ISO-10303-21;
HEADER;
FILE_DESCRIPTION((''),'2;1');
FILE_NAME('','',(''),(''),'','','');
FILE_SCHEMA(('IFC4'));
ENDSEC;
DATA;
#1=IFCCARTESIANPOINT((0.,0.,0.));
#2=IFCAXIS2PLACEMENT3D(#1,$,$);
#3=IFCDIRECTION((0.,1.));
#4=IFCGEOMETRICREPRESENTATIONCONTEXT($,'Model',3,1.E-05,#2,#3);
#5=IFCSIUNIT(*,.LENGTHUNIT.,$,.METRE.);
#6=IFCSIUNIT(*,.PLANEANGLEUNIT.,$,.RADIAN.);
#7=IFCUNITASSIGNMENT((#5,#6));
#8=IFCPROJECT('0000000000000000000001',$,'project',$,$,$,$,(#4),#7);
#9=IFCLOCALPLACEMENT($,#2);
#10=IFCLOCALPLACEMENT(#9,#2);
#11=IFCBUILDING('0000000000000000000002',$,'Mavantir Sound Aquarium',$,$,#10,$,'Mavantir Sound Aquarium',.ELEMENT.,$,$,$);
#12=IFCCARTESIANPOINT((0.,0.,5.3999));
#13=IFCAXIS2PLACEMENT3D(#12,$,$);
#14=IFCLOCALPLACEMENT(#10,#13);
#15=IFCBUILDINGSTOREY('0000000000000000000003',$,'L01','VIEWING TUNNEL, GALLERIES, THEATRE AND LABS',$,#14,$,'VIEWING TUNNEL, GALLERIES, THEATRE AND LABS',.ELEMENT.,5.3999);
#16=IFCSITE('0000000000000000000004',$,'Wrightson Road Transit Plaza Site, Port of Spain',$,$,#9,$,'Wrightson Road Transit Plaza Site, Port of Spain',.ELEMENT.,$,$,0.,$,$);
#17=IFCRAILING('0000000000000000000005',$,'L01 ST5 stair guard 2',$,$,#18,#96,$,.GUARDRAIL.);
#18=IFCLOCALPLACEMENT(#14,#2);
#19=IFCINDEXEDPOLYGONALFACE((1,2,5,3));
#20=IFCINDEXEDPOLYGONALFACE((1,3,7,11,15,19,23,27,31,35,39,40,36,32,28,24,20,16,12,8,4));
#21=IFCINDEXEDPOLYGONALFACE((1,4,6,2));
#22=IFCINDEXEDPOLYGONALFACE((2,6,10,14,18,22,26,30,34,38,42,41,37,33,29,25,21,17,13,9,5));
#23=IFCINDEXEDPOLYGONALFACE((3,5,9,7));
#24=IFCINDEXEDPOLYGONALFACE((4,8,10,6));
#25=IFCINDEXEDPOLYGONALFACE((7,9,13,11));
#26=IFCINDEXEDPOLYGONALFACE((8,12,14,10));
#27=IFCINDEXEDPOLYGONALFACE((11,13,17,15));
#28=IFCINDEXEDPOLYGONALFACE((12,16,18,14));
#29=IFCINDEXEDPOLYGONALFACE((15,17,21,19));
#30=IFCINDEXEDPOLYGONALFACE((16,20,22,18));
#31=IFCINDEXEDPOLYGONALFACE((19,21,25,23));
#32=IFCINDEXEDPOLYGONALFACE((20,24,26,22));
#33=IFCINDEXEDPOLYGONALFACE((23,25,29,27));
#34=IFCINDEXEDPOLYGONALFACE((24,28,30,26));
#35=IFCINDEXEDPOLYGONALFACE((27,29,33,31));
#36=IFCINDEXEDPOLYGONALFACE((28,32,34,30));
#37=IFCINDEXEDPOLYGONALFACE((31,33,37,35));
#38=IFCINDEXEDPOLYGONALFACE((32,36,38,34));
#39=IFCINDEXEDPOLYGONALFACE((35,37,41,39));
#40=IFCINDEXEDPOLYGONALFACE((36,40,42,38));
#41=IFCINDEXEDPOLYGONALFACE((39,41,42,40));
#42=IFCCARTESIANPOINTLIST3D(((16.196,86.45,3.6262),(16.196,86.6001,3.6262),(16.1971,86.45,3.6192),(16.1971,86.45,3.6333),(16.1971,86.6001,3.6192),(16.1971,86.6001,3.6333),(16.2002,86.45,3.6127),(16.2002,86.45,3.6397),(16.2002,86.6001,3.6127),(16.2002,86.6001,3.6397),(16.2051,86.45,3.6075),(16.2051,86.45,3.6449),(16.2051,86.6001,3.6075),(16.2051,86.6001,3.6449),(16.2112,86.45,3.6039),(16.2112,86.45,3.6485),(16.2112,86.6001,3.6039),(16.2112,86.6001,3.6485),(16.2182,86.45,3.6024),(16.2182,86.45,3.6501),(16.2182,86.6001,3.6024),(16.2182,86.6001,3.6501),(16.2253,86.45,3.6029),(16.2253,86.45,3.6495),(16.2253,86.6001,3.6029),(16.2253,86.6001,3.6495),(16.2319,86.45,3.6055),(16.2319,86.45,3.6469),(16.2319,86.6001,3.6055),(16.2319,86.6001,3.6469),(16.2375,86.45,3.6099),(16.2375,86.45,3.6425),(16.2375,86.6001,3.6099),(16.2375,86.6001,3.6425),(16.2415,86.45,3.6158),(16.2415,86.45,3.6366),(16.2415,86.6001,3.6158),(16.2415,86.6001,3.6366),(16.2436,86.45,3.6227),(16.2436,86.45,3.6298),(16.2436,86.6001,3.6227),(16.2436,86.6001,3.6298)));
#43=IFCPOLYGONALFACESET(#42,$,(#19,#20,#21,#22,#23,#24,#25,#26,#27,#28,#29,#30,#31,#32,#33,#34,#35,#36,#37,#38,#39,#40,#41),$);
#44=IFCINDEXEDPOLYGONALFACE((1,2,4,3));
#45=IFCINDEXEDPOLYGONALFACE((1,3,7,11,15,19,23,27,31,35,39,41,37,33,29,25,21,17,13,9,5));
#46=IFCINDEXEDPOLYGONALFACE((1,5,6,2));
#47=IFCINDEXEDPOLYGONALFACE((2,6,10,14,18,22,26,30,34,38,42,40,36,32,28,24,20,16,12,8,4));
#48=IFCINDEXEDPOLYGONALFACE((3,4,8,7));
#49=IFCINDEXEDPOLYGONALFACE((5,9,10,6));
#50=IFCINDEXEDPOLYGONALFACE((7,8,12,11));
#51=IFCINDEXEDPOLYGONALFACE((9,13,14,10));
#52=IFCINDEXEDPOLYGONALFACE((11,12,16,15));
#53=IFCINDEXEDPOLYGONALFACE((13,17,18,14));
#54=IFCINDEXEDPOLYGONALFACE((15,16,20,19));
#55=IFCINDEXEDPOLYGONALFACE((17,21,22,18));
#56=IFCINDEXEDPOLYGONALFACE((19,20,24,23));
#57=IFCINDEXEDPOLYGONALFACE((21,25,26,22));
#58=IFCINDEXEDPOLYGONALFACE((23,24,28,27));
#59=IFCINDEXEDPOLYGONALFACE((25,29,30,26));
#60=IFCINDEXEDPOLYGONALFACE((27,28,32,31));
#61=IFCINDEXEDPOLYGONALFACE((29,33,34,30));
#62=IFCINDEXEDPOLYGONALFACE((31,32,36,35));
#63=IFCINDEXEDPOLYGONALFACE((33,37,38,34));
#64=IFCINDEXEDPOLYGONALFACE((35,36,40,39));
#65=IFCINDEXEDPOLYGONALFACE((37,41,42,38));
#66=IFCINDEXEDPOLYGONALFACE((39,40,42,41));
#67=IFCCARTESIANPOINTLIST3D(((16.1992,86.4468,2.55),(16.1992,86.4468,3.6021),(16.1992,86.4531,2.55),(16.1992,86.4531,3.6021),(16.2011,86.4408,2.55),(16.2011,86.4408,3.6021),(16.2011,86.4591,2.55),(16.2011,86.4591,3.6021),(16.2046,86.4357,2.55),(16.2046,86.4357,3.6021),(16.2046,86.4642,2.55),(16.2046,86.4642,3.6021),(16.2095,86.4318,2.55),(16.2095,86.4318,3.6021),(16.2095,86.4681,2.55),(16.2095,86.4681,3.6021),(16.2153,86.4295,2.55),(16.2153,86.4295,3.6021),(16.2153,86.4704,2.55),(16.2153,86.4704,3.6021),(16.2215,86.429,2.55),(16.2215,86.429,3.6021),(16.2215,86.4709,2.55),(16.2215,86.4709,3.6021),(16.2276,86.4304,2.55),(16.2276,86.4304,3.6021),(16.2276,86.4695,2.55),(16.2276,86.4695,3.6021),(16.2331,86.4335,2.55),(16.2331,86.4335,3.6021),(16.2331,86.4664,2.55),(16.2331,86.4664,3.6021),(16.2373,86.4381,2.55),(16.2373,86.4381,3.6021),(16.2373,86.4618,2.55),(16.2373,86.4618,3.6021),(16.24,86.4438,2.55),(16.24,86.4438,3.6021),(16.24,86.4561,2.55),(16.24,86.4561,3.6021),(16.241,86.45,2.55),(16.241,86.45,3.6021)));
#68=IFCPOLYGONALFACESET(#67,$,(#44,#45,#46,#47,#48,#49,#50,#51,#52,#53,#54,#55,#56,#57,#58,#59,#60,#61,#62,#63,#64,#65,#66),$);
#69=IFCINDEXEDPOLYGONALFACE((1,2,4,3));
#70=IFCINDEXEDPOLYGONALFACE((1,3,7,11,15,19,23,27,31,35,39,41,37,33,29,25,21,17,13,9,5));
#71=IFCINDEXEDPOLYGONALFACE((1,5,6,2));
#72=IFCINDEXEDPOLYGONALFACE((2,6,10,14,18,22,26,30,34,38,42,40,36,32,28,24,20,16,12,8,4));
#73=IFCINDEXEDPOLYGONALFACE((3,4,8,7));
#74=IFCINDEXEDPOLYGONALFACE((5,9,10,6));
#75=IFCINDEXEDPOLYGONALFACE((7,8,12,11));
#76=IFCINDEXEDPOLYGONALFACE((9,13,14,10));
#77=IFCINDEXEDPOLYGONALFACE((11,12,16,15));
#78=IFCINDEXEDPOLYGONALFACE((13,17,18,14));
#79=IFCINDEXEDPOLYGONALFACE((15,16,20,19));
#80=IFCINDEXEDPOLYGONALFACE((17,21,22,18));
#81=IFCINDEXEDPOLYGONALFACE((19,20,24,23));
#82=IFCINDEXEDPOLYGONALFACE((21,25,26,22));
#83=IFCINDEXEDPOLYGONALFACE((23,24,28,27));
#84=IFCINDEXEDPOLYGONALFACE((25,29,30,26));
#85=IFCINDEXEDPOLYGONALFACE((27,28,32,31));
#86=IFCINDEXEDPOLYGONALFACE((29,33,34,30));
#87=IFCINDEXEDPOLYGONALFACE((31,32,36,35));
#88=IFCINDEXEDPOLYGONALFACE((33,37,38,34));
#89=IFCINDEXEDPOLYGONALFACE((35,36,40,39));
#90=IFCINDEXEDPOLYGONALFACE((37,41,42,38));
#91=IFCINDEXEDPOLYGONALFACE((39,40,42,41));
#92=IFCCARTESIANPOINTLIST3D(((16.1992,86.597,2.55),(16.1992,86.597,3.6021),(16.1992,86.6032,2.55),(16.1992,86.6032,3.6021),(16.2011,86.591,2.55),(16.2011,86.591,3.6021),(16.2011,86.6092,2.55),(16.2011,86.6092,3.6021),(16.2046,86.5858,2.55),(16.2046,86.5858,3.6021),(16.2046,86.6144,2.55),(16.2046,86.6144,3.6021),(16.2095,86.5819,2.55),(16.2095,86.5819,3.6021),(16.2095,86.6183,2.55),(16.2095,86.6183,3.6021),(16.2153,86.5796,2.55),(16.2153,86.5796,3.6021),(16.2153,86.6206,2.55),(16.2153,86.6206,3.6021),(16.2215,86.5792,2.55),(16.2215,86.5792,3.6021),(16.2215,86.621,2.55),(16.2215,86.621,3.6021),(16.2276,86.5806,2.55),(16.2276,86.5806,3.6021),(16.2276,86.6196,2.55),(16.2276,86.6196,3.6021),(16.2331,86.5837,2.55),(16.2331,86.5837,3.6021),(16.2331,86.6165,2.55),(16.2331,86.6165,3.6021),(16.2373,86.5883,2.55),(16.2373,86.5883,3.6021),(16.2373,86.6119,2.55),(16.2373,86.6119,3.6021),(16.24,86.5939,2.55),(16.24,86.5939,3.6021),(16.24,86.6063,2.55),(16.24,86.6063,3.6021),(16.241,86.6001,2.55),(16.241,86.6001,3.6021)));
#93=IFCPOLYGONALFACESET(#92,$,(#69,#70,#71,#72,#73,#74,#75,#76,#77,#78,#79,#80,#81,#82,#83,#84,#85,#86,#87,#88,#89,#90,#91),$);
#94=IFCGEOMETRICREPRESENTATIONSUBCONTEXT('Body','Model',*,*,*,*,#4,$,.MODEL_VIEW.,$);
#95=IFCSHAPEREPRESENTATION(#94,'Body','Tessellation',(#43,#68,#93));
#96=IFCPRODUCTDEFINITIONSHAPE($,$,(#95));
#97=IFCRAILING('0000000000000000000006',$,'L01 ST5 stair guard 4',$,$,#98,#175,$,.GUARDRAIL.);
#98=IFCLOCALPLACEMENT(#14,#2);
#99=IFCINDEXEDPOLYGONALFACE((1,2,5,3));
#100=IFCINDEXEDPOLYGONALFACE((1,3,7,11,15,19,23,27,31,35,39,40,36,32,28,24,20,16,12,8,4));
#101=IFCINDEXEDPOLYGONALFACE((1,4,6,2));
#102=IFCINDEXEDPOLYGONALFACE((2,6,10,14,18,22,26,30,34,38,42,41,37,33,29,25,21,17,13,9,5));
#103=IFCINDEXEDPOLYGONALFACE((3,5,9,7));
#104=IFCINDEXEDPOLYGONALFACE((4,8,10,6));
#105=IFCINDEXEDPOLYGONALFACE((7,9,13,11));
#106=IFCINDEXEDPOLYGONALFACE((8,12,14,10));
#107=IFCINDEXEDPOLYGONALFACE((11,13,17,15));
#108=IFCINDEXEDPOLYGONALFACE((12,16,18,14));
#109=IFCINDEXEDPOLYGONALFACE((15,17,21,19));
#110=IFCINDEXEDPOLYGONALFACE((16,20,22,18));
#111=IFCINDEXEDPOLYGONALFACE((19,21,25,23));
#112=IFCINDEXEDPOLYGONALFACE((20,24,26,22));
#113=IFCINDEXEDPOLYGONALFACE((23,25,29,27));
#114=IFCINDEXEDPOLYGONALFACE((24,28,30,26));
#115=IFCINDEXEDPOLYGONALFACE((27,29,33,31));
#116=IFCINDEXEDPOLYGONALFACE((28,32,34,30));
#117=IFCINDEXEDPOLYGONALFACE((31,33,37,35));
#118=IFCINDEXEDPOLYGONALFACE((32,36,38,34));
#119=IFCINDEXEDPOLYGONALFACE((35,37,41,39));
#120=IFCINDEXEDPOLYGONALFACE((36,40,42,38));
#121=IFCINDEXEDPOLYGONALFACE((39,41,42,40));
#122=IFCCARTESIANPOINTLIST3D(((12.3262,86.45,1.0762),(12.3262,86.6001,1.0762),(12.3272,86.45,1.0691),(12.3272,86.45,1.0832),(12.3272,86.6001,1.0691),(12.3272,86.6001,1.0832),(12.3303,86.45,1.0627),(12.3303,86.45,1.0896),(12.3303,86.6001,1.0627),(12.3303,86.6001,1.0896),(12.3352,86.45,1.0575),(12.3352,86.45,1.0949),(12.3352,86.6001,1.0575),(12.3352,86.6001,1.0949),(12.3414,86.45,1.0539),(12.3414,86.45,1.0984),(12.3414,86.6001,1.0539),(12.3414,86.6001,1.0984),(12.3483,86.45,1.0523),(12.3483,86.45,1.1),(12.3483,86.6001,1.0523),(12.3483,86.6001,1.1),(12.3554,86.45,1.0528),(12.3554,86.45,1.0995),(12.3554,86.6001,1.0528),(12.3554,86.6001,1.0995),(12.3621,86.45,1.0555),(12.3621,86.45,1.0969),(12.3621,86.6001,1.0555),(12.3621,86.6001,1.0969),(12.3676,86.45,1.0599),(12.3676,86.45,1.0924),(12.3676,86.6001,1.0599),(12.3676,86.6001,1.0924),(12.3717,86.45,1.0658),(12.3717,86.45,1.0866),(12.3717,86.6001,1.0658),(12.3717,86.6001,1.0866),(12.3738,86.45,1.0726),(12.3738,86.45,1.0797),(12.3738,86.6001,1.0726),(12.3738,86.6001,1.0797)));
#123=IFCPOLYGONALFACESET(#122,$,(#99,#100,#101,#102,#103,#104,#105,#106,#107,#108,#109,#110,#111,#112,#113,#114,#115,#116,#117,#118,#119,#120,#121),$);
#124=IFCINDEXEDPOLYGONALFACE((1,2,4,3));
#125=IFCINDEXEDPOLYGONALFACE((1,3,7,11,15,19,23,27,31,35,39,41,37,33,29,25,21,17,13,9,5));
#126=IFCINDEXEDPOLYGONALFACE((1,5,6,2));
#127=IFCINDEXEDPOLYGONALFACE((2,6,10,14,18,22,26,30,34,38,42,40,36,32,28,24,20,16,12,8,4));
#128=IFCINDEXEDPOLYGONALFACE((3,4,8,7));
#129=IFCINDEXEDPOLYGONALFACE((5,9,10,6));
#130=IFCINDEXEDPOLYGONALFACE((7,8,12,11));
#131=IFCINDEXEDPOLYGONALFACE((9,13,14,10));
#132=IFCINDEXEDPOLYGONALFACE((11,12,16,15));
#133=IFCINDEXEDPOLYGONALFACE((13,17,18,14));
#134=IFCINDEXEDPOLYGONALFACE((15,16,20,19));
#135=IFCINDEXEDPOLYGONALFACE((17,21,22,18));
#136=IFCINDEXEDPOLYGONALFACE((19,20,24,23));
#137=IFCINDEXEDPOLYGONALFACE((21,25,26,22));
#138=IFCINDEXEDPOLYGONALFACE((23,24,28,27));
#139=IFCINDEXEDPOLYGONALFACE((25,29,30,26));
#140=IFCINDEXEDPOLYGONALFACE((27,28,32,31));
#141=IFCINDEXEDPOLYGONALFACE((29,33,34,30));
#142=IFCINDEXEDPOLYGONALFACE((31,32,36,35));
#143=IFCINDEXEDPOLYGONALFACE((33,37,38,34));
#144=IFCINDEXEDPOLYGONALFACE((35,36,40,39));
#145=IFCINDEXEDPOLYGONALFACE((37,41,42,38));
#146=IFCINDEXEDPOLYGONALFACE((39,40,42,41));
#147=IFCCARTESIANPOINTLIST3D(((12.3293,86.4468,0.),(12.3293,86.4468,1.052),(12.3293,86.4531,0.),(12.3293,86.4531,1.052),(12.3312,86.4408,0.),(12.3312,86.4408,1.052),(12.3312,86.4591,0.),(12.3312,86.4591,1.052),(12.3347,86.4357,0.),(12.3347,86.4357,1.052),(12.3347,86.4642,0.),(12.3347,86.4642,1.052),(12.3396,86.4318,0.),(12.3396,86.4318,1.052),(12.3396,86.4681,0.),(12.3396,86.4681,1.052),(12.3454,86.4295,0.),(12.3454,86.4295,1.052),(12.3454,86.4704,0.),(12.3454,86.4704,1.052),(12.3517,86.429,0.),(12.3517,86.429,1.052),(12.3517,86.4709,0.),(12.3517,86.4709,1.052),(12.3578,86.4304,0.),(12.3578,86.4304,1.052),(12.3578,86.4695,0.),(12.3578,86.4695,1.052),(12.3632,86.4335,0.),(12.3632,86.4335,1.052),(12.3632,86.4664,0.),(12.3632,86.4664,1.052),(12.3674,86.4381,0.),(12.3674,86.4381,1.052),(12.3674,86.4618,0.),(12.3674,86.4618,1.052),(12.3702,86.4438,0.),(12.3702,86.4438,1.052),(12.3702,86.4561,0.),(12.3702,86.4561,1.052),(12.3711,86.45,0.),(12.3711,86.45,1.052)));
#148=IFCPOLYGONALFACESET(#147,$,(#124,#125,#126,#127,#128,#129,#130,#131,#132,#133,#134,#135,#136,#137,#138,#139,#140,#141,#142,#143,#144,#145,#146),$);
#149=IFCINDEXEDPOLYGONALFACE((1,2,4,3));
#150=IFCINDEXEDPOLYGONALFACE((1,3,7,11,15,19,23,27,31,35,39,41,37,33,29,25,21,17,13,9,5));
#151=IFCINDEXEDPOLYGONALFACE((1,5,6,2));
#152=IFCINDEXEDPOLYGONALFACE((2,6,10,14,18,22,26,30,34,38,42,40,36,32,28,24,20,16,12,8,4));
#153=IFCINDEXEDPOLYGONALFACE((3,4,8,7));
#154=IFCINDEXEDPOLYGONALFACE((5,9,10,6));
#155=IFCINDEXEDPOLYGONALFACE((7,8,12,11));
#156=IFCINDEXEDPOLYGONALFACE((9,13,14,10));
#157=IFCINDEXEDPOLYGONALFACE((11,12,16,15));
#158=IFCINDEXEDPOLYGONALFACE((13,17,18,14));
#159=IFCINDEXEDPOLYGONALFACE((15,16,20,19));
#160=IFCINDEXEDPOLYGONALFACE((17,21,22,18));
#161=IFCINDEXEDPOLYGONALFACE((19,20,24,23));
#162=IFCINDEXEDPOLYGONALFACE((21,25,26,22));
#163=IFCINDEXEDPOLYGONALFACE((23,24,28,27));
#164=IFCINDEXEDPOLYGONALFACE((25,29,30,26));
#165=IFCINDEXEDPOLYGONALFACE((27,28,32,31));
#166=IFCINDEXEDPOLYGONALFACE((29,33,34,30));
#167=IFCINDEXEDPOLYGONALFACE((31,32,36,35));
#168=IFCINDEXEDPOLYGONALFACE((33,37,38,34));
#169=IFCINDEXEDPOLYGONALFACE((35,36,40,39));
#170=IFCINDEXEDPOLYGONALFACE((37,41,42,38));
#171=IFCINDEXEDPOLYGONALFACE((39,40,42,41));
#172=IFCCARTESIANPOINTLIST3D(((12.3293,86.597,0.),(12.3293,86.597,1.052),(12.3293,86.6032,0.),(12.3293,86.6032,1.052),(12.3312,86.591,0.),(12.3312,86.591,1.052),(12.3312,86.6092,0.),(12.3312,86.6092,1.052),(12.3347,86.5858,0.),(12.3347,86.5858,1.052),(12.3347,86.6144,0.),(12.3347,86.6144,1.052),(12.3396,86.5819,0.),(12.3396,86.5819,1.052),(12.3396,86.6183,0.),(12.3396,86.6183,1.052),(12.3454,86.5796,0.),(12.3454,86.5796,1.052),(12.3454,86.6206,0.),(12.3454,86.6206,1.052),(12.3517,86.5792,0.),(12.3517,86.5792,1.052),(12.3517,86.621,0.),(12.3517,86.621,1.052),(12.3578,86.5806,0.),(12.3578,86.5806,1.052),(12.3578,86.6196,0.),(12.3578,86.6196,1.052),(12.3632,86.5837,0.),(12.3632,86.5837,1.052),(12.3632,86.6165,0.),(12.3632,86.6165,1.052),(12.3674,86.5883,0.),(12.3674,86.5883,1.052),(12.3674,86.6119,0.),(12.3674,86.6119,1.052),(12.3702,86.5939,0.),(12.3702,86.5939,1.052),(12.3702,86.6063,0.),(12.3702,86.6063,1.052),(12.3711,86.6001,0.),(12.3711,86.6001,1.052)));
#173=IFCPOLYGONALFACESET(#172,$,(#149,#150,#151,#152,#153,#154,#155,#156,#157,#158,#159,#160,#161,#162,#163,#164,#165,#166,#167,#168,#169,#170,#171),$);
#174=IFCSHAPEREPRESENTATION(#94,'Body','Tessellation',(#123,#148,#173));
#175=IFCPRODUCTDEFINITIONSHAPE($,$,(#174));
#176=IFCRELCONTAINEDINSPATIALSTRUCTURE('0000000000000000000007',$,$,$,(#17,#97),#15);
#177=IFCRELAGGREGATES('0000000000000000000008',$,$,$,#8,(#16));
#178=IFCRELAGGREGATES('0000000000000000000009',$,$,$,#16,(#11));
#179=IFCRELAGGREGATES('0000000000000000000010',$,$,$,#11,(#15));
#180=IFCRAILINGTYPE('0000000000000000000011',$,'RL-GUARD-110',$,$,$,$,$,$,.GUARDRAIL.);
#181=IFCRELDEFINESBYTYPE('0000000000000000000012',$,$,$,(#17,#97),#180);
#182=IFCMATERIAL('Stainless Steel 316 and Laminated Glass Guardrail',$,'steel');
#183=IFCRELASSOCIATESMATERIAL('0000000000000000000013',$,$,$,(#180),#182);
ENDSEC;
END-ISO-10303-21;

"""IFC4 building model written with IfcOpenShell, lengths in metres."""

from ifc_helpers import new_model, si_unit, direction, frame, origin, origin_2d, place, context, subcontext, project, spatial, circle, extrude, material, type_object, element, save


model = new_model("IFC4")

# Units and contexts
model_context = context("Model", 3, precision=1e-05, world=origin(), true_north=direction((0.0, 1.0)))
body_context = subcontext(model_context, "Body", "Model", "MODEL_VIEW")
ifc_project = project(units=[si_unit("LENGTHUNIT", "METRE"), si_unit("PLANEANGLEUNIT", "RADIAN")], contexts=[model_context])

# Site, building, storey
site_placement = place(None, origin())
site = spatial("IfcSite", under=ifc_project, at=site_placement, Name="Wrightson Road Transit Plaza Site, Port of Spain", LongName="Wrightson Road Transit Plaza Site, Port of Spain", CompositionType="ELEMENT", RefElevation=0.0)
building_placement = place(site_placement, origin())
building = spatial("IfcBuilding", under=site, at=building_placement, Name="Mavantir Sound Aquarium", LongName="Mavantir Sound Aquarium", CompositionType="ELEMENT")
storey_placement = place(building_placement, frame((0.0, 0.0, 5.3999)))
storey = spatial("IfcBuildingStorey", under=building, at=storey_placement, Name="L01", Description="VIEWING TUNNEL, GALLERIES, THEATRE AND LABS", LongName="VIEWING TUNNEL, GALLERIES, THEATRE AND LABS", CompositionType="ELEMENT", Elevation=5.3999)

# Railings
ifc_material_1 = material(Name="Stainless Steel 316 and Laminated Glass Guardrail", Category="steel")
railing_type_1 = type_object("IfcRailingType", Name="RL-GUARD-110", PredefinedType="GUARDRAIL", material=ifc_material_1)
for number, where, name in (
    (1, (16.22, 86.45, 2.55), "L01 ST5 stair guard 2"),
    (2, (12.3501, 86.45, 0.0), "L01 ST5 stair guard 4"),
):
    element("IfcRailing", number, at=place(storey_placement, frame(where)), inside=storey, type_object=railing_type_1, Name=name, PredefinedType="GUARDRAIL", context=body_context, shape_type="SweptSolid", body=[
        extrude(circle(Radius=0.0239, at=origin_2d()), frame((0.0, 0.0, 1.0762), z_axis=(0.0, 1.0, 0.0), x_axis=(-1.0, 0.0, 0.0)), (0.0, 0.0, 1.0), 0.1501),
        extrude(circle(Radius=0.021, at=origin_2d()), origin(), (0.0, 0.0, 1.0), 1.052),
        extrude(circle(Radius=0.021, at=origin_2d()), frame((0.0, 0.1501, 0.0)), (0.0, 0.0, 1.0), 1.052),
    ])

save(model, "model.ifc")
